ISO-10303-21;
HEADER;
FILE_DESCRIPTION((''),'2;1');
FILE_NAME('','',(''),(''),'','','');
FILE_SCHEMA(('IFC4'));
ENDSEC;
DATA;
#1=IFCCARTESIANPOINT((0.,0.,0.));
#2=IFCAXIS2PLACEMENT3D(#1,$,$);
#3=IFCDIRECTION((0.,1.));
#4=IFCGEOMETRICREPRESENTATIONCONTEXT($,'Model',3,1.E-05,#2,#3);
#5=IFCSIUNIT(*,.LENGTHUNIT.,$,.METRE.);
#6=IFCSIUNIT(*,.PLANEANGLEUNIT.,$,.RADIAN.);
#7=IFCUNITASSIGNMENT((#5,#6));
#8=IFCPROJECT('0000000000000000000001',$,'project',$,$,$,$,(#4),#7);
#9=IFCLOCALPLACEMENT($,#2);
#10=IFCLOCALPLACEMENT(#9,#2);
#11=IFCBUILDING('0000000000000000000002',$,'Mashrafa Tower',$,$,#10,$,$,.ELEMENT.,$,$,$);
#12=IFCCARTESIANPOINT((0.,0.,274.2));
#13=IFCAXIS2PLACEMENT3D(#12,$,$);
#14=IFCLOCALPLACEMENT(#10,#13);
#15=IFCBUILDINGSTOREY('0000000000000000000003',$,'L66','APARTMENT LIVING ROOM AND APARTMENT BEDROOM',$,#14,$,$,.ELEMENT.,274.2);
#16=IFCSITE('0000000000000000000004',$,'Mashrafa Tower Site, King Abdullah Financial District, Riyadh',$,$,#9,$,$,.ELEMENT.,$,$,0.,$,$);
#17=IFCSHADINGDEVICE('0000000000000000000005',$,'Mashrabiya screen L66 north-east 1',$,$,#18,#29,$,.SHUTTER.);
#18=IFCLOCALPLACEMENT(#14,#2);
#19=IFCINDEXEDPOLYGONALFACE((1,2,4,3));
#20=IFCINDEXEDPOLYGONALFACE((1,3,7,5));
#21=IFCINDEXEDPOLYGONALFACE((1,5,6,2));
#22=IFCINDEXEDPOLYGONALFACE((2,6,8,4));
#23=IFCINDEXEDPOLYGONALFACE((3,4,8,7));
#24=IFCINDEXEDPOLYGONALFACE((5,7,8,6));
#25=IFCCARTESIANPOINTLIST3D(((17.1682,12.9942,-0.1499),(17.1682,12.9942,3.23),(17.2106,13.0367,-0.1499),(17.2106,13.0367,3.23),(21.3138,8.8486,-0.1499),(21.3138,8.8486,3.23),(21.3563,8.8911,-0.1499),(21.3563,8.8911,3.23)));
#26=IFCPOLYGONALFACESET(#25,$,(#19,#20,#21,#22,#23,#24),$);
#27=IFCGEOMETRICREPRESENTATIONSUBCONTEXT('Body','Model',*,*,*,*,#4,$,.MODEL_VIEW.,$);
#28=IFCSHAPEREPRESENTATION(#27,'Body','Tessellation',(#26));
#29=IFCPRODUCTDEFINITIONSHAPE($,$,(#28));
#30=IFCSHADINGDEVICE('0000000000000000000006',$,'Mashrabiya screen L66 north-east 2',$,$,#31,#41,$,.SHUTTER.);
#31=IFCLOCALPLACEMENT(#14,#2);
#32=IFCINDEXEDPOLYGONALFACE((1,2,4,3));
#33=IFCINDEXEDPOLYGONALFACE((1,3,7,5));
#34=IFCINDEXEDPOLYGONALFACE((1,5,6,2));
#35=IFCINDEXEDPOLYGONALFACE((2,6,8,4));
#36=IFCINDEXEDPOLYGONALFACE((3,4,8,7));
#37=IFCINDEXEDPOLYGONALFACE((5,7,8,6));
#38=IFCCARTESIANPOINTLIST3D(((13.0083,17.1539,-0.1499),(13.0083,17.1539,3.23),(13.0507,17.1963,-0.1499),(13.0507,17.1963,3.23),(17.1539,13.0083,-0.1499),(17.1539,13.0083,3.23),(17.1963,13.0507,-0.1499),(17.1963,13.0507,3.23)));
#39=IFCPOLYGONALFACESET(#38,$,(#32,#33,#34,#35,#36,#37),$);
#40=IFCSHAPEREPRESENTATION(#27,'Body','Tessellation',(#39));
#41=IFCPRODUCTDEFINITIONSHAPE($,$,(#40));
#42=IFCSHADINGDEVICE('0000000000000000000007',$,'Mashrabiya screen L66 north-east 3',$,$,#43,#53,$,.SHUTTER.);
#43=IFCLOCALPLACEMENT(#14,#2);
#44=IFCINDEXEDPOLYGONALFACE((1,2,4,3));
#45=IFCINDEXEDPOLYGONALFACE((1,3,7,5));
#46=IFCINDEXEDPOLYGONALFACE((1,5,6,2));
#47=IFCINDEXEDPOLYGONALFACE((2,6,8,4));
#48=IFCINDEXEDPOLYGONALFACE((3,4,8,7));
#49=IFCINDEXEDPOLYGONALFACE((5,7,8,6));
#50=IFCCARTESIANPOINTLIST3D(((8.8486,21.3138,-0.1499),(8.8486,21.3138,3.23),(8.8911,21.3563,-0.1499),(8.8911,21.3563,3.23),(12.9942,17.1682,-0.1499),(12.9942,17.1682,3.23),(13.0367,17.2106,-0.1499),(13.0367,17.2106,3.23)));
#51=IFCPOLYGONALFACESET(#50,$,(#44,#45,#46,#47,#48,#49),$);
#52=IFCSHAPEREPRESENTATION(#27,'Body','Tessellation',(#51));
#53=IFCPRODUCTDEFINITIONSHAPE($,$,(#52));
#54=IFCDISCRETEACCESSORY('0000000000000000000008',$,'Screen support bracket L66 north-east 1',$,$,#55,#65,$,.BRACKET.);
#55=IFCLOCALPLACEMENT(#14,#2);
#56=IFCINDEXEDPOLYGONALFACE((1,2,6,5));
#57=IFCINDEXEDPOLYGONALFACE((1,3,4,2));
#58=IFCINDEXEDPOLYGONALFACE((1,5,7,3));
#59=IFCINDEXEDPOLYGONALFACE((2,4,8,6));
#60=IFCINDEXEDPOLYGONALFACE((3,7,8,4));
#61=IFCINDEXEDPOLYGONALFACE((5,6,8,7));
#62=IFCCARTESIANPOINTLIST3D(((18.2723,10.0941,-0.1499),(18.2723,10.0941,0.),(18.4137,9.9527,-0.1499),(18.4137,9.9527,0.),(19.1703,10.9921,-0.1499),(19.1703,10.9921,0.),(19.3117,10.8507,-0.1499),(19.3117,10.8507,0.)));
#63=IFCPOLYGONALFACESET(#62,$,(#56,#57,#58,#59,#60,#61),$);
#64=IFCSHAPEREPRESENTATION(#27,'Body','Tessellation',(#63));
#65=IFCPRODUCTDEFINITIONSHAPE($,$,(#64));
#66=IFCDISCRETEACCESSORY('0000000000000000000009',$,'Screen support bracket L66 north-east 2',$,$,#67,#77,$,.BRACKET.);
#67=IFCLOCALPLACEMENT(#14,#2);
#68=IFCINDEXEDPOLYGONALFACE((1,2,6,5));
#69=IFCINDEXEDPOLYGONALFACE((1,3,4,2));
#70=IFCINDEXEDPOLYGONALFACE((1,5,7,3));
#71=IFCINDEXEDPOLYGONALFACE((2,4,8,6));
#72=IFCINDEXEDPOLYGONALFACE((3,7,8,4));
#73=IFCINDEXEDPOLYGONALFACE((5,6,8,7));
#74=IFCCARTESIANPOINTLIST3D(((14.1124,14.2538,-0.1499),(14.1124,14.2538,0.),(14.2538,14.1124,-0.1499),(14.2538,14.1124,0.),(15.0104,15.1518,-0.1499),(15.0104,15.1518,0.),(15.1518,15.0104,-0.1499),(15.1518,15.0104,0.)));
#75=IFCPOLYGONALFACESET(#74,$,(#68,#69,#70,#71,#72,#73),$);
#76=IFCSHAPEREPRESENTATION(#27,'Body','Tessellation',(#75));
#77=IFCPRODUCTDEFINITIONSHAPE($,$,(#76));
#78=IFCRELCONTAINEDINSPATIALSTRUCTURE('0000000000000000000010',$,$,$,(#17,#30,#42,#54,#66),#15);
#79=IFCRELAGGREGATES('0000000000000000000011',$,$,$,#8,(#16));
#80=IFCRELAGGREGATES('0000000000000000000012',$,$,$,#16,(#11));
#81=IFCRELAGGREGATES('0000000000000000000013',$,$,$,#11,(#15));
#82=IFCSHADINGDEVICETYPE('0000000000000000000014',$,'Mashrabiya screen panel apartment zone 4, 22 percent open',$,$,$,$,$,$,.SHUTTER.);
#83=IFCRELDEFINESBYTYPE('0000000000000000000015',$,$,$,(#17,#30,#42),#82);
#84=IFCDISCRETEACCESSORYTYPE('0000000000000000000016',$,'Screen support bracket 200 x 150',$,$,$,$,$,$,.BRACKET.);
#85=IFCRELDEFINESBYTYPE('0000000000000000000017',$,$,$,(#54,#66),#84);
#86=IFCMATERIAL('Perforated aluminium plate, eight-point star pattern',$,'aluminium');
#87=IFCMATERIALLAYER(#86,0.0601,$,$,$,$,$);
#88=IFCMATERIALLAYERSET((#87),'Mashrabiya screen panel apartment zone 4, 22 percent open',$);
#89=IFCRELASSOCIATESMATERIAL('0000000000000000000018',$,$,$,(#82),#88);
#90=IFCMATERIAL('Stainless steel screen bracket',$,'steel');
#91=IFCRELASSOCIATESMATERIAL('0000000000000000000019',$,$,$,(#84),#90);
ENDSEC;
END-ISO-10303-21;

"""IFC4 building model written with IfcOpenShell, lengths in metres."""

from ifc_helpers import new_model, si_unit, direction, frame, origin, origin_2d, place, context, subcontext, project, spatial, rectangle, extrude, source, transform, mapped, material, layer, layer_set, type_object, type_shapes, element, save


model = new_model("IFC4")

# Units and contexts
model_context = context("Model", 3, precision=1e-05, world=origin(), true_north=direction((0.0, 1.0)))
body_context = subcontext(model_context, "Body", "Model", "MODEL_VIEW")
ifc_project = project(units=[si_unit("LENGTHUNIT", "METRE"), si_unit("PLANEANGLEUNIT", "RADIAN")], contexts=[model_context])

# Site, building, storey
site_placement = place(None, origin())
site = spatial("IfcSite", under=ifc_project, at=site_placement, Name="Mashrafa Tower Site, King Abdullah Financial District, Riyadh", CompositionType="ELEMENT", RefElevation=0.0)
building_placement = place(site_placement, origin())
building = spatial("IfcBuilding", under=site, at=building_placement, Name="Mashrafa Tower", CompositionType="ELEMENT")
storey_placement = place(building_placement, frame((0.0, 0.0, 274.2)))
storey = spatial("IfcBuildingStorey", under=building, at=storey_placement, Name="L66", Description="APARTMENT LIVING ROOM AND APARTMENT BEDROOM", CompositionType="ELEMENT", Elevation=274.2)

# Shading devices
ifc_material_1 = material(Name="Perforated aluminium plate, eight-point star pattern", Category="aluminium")
ifc_layer_1 = layer(ifc_material_1, 0.0601)
ifc_layer_set_1 = layer_set([ifc_layer_1], Name="Mashrabiya screen panel apartment zone 4, 22 percent open")
shading_device_type = type_object("IfcShadingDeviceType", Name="Mashrabiya screen panel apartment zone 4, 22 percent open", PredefinedType="SHUTTER", material=ifc_layer_set_1)
shared_shape_1 = source(origin(), body_context, "Body", "SweptSolid", [
    extrude(rectangle(XDim=5.8628, YDim=0.0601, at=origin_2d()), origin(), (0.0, 0.0, 1.0), 3.3799),
])
type_shapes(shading_device_type, [shared_shape_1])
for number, where, z_axis, x_axis, name in (
    (1, (19.2622, 10.9426, -0.1499), (0.0, 0.0, 1.0), (-0.707107, 0.707107, 0.0), "Mashrabiya screen L66 north-east 1"),
    (2, (15.1023, 15.1023, -0.1499), (0.0, 0.0, 1.0), (-0.707107, 0.707107, 0.0), "Mashrabiya screen L66 north-east 2"),
    (3, (10.9426, 19.2622, -0.1499), (0.0, 0.0, 1.0), (-0.707107, 0.707107, 0.0), "Mashrabiya screen L66 north-east 3"),
):
    element("IfcShadingDevice", number, at=place(storey_placement, frame(where, z_axis=z_axis, x_axis=x_axis)), inside=storey, type_object=shading_device_type, Name=name, PredefinedType="SHUTTER", context=body_context, shape_type="MappedRepresentation", body=[
        mapped(shared_shape_1, transform((0.0, 0.0, 0.0))),
    ])

# Discrete accessories
ifc_material_2 = material(Name="Stainless steel screen bracket", Category="steel")
discrete_accessory_type = type_object("IfcDiscreteAccessoryType", Name="Screen support bracket 200 x 150", PredefinedType="BRACKET", material=ifc_material_2)
shared_shape_2 = source(origin(), body_context, "Body", "SweptSolid", [
    extrude(rectangle(XDim=0.2, YDim=1.27, at=origin_2d()), origin(), (0.0, 0.0, 1.0), 0.1499),
])
type_shapes(discrete_accessory_type, [shared_shape_2])
for number, where, z_axis, x_axis, name in (
    (4, (18.792, 10.4724, -0.1499), (0.0, 0.0, 1.0), (-0.707107, 0.707107, 0.0), "Screen support bracket L66 north-east 1"),
    (5, (14.6321, 14.6321, -0.1499), (0.0, 0.0, 1.0), (-0.707107, 0.707107, 0.0), "Screen support bracket L66 north-east 2"),
):
    element("IfcDiscreteAccessory", number, at=place(storey_placement, frame(where, z_axis=z_axis, x_axis=x_axis)), inside=storey, type_object=discrete_accessory_type, Name=name, PredefinedType="BRACKET", context=body_context, shape_type="MappedRepresentation", body=[
        mapped(shared_shape_2, transform((0.0, 0.0, 0.0))),
    ])

save(model, "model.ifc")
